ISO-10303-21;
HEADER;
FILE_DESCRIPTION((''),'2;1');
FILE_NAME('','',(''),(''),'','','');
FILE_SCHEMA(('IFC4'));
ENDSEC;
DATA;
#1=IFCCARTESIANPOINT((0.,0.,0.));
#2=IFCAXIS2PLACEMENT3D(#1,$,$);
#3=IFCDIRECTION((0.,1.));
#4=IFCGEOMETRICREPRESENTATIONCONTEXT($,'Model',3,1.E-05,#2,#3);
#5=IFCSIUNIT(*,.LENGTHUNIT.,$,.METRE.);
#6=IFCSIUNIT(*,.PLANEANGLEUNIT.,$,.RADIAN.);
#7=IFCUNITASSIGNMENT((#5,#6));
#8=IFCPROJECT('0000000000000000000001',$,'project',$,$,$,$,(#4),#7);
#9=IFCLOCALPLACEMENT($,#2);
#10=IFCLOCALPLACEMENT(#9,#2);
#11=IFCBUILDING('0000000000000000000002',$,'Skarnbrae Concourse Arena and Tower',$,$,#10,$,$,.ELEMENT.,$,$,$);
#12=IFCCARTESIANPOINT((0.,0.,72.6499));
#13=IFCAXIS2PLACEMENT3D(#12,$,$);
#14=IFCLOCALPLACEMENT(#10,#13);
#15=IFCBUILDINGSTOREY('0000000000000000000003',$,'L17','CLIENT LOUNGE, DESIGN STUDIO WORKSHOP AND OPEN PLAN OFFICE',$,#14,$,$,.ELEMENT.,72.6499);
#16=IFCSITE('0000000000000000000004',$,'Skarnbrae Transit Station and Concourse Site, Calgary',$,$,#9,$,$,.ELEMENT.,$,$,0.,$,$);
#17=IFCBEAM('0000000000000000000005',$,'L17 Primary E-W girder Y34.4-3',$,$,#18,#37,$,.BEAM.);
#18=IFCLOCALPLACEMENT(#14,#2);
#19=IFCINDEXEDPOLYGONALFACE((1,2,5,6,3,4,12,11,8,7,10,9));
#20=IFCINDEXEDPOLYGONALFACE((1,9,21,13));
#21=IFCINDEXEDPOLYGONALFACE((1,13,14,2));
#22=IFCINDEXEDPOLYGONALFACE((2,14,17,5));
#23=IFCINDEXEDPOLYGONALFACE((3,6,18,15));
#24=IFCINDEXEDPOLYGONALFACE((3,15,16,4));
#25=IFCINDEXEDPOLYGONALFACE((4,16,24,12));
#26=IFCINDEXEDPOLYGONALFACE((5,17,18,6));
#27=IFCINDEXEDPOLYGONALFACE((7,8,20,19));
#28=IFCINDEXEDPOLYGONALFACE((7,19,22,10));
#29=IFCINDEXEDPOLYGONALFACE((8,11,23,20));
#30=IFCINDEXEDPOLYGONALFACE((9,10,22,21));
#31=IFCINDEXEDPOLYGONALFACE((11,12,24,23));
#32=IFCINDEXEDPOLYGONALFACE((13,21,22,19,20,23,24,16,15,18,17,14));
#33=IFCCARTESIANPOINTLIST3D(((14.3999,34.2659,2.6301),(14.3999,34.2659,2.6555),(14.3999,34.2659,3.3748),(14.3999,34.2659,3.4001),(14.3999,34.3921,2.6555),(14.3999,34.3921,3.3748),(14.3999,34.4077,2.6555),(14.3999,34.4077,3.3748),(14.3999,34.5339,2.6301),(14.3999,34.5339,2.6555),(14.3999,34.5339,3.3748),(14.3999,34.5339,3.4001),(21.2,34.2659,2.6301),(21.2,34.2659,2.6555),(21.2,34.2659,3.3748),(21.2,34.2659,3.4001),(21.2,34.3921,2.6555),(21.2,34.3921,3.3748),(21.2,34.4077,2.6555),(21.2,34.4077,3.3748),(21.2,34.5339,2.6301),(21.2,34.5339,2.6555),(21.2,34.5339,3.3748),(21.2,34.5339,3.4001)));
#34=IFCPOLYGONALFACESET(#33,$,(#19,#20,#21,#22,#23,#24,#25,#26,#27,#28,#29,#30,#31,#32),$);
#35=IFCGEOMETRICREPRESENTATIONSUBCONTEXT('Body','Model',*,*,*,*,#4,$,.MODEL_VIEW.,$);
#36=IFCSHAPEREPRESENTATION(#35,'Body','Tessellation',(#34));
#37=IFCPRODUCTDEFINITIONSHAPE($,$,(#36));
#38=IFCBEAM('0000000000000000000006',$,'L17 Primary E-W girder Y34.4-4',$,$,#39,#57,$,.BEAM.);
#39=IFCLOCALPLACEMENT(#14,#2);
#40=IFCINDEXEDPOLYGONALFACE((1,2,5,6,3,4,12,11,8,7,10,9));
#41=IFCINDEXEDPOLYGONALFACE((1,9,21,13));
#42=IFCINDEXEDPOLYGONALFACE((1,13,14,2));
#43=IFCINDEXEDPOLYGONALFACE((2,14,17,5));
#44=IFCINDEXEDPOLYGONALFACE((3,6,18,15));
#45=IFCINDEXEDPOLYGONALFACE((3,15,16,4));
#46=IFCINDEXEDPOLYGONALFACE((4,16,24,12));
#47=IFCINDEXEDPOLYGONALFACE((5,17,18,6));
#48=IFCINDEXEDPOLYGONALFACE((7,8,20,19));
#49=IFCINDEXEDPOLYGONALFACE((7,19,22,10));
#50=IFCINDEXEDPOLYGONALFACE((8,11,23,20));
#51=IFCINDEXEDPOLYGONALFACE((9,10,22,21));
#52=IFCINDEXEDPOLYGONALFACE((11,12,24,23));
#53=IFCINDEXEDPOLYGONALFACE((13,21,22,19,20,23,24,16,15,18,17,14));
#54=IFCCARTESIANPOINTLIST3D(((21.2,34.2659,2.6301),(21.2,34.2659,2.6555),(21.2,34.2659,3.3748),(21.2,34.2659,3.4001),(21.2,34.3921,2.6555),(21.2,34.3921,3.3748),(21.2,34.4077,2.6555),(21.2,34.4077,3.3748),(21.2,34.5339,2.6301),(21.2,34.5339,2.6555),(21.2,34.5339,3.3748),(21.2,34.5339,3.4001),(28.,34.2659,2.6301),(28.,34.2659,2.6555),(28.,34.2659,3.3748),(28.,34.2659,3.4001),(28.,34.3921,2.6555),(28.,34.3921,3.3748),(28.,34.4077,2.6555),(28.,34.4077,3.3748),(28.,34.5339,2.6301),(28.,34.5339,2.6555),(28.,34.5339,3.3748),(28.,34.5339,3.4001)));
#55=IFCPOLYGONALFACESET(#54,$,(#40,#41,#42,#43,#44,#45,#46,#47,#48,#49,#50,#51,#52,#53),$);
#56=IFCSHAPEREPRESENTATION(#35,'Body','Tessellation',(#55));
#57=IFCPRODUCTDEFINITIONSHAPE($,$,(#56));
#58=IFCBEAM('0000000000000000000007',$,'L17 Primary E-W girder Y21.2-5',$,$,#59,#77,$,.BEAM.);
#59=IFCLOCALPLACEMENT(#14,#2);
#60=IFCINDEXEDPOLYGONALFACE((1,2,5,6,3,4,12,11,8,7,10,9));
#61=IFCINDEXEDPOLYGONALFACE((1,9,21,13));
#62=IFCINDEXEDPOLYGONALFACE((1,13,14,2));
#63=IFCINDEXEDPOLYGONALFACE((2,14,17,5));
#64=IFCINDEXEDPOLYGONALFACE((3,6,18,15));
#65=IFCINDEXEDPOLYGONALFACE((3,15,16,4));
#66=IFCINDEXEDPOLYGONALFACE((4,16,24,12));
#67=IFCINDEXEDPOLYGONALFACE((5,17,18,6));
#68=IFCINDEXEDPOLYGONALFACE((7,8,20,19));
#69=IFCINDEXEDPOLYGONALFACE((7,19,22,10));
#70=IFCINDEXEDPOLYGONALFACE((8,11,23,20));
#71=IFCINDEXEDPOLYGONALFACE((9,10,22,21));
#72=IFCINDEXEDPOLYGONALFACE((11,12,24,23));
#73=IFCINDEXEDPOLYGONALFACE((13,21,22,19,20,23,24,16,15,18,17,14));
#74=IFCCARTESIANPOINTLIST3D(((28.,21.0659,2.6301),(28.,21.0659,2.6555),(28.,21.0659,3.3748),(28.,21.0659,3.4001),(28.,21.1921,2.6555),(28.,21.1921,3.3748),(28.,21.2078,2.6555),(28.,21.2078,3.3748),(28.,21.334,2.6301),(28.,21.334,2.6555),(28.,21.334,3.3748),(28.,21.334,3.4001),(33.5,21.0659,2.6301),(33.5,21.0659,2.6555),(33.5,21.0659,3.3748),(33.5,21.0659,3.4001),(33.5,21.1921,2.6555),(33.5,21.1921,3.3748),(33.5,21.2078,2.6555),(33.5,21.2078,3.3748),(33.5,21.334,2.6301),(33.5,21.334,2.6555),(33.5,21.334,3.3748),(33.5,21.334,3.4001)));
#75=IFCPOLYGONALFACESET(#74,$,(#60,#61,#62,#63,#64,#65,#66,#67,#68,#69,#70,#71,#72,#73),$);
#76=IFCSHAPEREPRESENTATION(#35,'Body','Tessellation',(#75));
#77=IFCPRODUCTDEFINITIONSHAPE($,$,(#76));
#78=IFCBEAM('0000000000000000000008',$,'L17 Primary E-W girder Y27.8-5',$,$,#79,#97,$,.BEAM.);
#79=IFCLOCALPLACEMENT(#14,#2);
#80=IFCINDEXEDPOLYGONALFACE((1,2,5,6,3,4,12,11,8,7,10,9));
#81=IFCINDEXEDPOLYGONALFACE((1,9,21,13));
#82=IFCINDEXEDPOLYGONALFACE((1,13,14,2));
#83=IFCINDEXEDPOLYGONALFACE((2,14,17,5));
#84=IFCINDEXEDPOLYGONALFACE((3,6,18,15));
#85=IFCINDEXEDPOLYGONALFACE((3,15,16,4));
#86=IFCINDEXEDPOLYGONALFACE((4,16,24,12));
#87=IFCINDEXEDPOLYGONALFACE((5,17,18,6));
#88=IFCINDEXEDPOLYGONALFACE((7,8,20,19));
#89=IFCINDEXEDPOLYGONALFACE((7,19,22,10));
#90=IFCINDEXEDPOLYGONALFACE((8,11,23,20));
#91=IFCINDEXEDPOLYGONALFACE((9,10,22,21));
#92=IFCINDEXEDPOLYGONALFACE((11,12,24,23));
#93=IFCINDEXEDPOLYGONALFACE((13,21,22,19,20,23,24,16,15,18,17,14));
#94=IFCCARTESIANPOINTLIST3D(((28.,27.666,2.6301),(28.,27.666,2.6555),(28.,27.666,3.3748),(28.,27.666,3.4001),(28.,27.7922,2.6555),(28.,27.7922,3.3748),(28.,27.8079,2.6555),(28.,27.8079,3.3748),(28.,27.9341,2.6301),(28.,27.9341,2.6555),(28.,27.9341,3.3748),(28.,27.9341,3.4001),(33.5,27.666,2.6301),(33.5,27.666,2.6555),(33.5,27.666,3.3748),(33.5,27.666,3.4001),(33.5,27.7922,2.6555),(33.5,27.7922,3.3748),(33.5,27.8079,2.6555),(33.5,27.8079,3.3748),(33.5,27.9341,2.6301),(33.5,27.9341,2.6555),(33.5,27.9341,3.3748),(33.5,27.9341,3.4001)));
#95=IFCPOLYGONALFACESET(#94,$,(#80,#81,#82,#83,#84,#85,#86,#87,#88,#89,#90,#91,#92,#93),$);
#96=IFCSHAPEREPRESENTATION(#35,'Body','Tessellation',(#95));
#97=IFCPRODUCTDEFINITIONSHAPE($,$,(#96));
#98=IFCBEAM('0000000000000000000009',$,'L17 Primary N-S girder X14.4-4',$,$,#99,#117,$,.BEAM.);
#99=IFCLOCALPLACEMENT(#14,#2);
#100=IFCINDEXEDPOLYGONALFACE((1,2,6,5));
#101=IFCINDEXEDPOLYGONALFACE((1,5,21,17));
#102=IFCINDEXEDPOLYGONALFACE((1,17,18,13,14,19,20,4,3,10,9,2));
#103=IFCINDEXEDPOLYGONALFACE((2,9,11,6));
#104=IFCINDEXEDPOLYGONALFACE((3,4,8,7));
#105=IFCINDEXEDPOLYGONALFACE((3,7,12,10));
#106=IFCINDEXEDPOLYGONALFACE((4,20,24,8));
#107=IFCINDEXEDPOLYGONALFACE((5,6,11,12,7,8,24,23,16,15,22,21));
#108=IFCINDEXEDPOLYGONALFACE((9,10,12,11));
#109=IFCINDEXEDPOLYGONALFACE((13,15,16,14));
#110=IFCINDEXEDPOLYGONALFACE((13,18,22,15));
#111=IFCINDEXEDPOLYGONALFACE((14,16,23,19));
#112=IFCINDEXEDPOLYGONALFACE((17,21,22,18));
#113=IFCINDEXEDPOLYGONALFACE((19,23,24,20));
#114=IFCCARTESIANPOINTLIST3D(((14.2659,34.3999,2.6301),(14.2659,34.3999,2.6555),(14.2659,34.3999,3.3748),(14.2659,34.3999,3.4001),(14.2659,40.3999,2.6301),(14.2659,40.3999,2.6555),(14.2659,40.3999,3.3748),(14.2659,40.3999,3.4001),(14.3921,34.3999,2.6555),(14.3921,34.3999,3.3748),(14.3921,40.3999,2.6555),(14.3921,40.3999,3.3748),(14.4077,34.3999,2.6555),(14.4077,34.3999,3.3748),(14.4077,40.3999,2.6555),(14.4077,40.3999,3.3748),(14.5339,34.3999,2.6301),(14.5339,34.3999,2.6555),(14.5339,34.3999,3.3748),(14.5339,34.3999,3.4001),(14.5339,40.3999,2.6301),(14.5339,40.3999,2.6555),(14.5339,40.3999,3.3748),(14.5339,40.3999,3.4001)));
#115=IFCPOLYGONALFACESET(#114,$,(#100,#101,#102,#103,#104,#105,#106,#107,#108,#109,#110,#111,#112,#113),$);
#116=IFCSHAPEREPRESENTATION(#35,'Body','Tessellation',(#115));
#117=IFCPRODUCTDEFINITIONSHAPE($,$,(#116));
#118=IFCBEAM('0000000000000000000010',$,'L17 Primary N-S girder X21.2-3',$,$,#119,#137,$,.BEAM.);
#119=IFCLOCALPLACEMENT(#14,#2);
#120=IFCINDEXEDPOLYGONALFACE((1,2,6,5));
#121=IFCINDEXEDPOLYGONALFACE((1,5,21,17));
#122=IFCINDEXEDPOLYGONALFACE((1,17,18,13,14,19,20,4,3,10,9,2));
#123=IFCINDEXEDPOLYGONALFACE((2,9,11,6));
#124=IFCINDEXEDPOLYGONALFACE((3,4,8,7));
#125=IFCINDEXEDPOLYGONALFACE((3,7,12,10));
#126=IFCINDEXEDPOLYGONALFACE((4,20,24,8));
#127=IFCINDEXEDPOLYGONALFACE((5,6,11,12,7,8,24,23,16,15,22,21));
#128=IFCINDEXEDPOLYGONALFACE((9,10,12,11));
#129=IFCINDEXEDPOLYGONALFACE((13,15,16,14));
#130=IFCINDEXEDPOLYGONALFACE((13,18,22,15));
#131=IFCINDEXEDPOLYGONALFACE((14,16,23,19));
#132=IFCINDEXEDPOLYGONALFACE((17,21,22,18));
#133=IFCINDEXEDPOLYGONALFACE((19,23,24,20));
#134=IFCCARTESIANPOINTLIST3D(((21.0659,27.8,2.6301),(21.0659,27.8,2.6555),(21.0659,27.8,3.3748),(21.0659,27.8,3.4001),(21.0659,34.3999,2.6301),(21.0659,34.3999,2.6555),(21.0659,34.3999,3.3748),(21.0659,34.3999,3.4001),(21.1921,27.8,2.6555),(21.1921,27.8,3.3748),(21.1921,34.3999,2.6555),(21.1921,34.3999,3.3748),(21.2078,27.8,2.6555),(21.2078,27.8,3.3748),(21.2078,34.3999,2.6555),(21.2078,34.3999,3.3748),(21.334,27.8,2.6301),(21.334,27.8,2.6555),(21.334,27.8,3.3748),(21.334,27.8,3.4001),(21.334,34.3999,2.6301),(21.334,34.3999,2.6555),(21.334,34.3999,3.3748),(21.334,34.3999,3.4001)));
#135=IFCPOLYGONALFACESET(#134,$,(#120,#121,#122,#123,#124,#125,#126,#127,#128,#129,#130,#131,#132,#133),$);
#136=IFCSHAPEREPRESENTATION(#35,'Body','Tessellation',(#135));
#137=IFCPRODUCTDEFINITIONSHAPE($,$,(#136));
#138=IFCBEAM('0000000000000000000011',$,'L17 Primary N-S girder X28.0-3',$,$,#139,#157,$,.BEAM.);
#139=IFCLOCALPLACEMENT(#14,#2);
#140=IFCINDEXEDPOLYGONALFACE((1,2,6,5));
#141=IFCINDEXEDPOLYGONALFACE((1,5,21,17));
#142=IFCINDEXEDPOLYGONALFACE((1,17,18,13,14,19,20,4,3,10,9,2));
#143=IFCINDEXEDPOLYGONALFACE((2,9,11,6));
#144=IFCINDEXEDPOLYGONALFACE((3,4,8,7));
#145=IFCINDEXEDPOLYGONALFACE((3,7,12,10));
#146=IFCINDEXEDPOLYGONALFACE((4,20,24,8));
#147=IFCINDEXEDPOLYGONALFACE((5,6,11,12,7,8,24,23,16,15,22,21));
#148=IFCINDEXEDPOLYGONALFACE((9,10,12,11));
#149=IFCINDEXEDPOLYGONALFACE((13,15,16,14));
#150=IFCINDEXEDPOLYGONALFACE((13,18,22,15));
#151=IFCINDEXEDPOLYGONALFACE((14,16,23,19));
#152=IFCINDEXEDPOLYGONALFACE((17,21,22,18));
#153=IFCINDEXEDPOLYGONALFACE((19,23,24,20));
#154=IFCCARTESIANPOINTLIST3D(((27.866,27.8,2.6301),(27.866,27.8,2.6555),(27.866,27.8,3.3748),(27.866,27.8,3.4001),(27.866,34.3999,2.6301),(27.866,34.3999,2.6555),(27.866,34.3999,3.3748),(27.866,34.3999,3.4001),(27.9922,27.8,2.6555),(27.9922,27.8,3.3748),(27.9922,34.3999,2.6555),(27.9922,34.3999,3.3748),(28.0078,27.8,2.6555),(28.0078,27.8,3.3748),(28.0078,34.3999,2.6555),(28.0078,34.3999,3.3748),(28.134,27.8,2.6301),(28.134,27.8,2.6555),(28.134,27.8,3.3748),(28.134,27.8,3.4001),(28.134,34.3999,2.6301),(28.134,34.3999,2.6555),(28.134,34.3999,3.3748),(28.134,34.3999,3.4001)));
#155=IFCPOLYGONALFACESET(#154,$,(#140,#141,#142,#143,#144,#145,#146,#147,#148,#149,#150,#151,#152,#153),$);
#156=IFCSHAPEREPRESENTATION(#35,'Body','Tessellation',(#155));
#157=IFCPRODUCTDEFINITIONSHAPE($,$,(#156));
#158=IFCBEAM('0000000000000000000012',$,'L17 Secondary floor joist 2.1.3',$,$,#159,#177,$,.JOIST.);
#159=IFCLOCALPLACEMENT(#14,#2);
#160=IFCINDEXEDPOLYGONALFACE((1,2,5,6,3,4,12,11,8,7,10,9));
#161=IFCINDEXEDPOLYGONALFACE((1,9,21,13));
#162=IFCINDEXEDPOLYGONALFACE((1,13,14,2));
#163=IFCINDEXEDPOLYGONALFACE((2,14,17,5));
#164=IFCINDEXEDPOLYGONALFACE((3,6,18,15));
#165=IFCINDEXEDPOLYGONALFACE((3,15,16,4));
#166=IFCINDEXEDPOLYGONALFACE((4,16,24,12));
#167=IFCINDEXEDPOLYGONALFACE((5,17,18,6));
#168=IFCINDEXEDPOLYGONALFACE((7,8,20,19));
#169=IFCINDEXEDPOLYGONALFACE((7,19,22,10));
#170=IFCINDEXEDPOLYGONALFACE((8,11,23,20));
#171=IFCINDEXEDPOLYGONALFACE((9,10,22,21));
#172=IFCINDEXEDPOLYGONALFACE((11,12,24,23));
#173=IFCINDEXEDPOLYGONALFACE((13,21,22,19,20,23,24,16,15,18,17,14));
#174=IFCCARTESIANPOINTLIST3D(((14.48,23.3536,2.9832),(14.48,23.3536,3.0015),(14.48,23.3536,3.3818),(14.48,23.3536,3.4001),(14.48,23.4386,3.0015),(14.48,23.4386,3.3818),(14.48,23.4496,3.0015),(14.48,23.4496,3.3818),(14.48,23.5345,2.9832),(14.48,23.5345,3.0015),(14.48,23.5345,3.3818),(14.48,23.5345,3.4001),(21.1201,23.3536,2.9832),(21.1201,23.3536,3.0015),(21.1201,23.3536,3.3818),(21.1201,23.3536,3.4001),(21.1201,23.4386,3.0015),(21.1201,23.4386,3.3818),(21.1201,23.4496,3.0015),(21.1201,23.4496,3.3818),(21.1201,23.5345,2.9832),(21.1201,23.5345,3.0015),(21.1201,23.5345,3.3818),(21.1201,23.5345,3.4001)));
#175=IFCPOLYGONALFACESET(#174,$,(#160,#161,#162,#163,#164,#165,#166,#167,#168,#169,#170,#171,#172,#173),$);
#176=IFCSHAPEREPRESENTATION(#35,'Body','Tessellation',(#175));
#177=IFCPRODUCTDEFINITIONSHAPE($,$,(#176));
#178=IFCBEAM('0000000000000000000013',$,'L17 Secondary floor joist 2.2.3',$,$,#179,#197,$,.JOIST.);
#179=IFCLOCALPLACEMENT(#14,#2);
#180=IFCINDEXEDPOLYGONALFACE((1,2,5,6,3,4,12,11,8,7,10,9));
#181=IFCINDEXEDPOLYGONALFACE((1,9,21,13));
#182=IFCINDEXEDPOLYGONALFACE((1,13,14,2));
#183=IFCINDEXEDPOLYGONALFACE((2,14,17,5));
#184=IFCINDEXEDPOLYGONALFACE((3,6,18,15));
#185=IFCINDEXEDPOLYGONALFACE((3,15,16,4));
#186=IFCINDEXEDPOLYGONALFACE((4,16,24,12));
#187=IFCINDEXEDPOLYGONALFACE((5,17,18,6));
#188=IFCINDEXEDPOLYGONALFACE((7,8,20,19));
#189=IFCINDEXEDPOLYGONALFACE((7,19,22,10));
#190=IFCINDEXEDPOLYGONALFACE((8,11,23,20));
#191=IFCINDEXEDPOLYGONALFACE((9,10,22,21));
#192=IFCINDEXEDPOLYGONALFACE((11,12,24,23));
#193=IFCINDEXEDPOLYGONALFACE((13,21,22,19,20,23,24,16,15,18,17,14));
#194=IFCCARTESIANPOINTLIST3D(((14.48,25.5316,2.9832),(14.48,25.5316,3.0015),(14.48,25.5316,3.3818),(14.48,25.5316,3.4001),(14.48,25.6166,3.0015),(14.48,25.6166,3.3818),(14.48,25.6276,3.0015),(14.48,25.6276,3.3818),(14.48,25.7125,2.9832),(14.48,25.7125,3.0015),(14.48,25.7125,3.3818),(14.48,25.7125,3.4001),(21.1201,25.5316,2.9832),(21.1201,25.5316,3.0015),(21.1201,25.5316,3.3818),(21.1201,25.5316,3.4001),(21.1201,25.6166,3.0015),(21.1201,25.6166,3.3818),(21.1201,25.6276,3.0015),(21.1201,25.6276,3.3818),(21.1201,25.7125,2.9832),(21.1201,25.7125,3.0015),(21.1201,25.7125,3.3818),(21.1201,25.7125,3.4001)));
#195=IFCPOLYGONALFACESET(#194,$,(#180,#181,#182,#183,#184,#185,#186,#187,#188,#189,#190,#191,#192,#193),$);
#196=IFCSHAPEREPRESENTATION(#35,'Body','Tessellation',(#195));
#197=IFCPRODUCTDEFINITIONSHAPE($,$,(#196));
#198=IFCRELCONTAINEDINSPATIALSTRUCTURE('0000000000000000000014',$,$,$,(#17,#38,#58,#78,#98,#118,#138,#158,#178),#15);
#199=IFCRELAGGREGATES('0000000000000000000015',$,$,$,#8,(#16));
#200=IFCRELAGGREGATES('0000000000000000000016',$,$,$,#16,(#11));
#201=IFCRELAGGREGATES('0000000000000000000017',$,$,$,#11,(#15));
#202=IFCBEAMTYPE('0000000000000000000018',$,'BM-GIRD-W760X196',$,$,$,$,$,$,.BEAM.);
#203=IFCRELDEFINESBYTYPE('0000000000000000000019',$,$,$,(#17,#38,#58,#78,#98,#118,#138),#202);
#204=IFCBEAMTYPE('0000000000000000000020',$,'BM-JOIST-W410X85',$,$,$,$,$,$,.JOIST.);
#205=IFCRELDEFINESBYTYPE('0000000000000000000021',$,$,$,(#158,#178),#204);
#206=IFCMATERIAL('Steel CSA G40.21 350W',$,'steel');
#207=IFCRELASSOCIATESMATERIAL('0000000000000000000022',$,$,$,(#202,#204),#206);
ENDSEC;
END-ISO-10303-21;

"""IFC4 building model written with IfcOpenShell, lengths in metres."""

from ifc_helpers import new_model, si_unit, direction, frame, origin, origin_2d, place, context, subcontext, project, spatial, i_section, extrude, source, transform, mapped, material, material_profile, profile_set, type_object, element, save


model = new_model("IFC4")

# Units and contexts
model_context = context("Model", 3, precision=1e-05, world=origin(), true_north=direction((0.0, 1.0)))
body_context = subcontext(model_context, "Body", "Model", "MODEL_VIEW")
ifc_project = project(units=[si_unit("LENGTHUNIT", "METRE"), si_unit("PLANEANGLEUNIT", "RADIAN")], contexts=[model_context])

# Site, building, storey
site_placement = place(None, origin())
site = spatial("IfcSite", under=ifc_project, at=site_placement, Name="Skarnbrae Transit Station and Concourse Site, Calgary", CompositionType="ELEMENT", RefElevation=0.0)
building_placement = place(site_placement, origin())
building = spatial("IfcBuilding", under=site, at=building_placement, Name="Skarnbrae Concourse Arena and Tower", CompositionType="ELEMENT")
storey_placement = place(building_placement, frame((0.0, 0.0, 72.6499)))
storey = spatial("IfcBuildingStorey", under=building, at=storey_placement, Name="L17", Description="CLIENT LOUNGE, DESIGN STUDIO WORKSHOP AND OPEN PLAN OFFICE", CompositionType="ELEMENT", Elevation=72.6499)

# Shared definitions
ifc_material_1 = material(Name="Steel CSA G40.21 350W", Category="steel")

# Beams
ifc_material_profile_1 = material_profile(ifc_material_1, i_section(OverallWidth=0.2681, OverallDepth=0.77, WebThickness=0.0156, FlangeThickness=0.0254, at=origin_2d()), Name="W760X196")
ifc_profile_set_1 = profile_set([ifc_material_profile_1], Name="Steel CSA G40.21 350W")
beam_type_1 = type_object("IfcBeamType", Name="BM-GIRD-W760X196", PredefinedType="BEAM", material=ifc_profile_set_1)
shared_shape_1 = source(origin(), body_context, "Body", "SweptSolid", [
    extrude(i_section(OverallWidth=0.2681, OverallDepth=0.77, WebThickness=0.0156, FlangeThickness=0.0254, at=origin_2d()), origin(), (0.0, 0.0, 1.0), 6.8),
])
for number, where, z_axis, x_axis, name in (
    (1, (14.3999, 34.3999, 3.0151), (1.0, 0.0, 0.0), (0.0, 1.0, 0.0), "L17 Primary E-W girder Y34.4-3"),
    (2, (21.2, 34.3999, 3.0151), (1.0, 0.0, 0.0), (0.0, 1.0, 0.0), "L17 Primary E-W girder Y34.4-4"),
):
    element("IfcBeam", number, at=place(storey_placement, frame(where, z_axis=z_axis, x_axis=x_axis)), inside=storey, type_object=beam_type_1, Name=name, PredefinedType="BEAM", context=body_context, shape_type="MappedRepresentation", body=[
        mapped(shared_shape_1, transform((0.0, 0.0, 0.0))),
    ])
shared_shape_2 = source(origin(), body_context, "Body", "SweptSolid", [
    extrude(i_section(OverallWidth=0.2681, OverallDepth=0.77, WebThickness=0.0156, FlangeThickness=0.0254, at=origin_2d()), origin(), (0.0, 0.0, 1.0), 5.5),
])
for number, where, z_axis, x_axis, name in (
    (3, (28.0, 21.2, 3.0151), (1.0, 0.0, 0.0), (0.0, 1.0, 0.0), "L17 Primary E-W girder Y21.2-5"),
    (4, (28.0, 27.8, 3.0151), (1.0, 0.0, 0.0), (0.0, 1.0, 0.0), "L17 Primary E-W girder Y27.8-5"),
):
    element("IfcBeam", number, at=place(storey_placement, frame(where, z_axis=z_axis, x_axis=x_axis)), inside=storey, type_object=beam_type_1, Name=name, PredefinedType="BEAM", context=body_context, shape_type="MappedRepresentation", body=[
        mapped(shared_shape_2, transform((0.0, 0.0, 0.0))),
    ])
shared_shape_3 = source(origin(), body_context, "Body", "SweptSolid", [
    extrude(i_section(OverallWidth=0.2681, OverallDepth=0.77, WebThickness=0.0156, FlangeThickness=0.0254, at=origin_2d()), origin(), (0.0, 0.0, 1.0), 6.0),
])
beam_placement = place(storey_placement, frame((14.3999, 34.3999, 3.0151), z_axis=(0.0, 1.0, 0.0), x_axis=(-1.0, 0.0, 0.0)))
element("IfcBeam", 5, at=beam_placement, inside=storey, type_object=beam_type_1, Name="L17 Primary N-S girder X14.4-4", PredefinedType="BEAM", context=body_context, shape_type="MappedRepresentation", body=[
    mapped(shared_shape_3, transform((0.0, 0.0, 0.0))),
])
shared_shape_4 = source(origin(), body_context, "Body", "SweptSolid", [
    extrude(i_section(OverallWidth=0.2681, OverallDepth=0.77, WebThickness=0.0156, FlangeThickness=0.0254, at=origin_2d()), origin(), (0.0, 0.0, 1.0), 6.5999),
])
for number, where, z_axis, x_axis, name in (
    (6, (21.2, 27.8, 3.0151), (0.0, 1.0, 0.0), (-1.0, 0.0, 0.0), "L17 Primary N-S girder X21.2-3"),
    (7, (28.0, 27.8, 3.0151), (0.0, 1.0, 0.0), (-1.0, 0.0, 0.0), "L17 Primary N-S girder X28.0-3"),
):
    element("IfcBeam", number, at=place(storey_placement, frame(where, z_axis=z_axis, x_axis=x_axis)), inside=storey, type_object=beam_type_1, Name=name, PredefinedType="BEAM", context=body_context, shape_type="MappedRepresentation", body=[
        mapped(shared_shape_4, transform((0.0, 0.0, 0.0))),
    ])
ifc_material_profile_2 = material_profile(ifc_material_1, i_section(OverallWidth=0.1809, OverallDepth=0.417, WebThickness=0.011, FlangeThickness=0.0183, at=origin_2d()), Name="W410X85")
ifc_profile_set_2 = profile_set([ifc_material_profile_2], Name="Steel CSA G40.21 350W")
beam_type_2 = type_object("IfcBeamType", Name="BM-JOIST-W410X85", PredefinedType="JOIST", material=ifc_profile_set_2)
shared_shape_5 = source(origin(), body_context, "Body", "SweptSolid", [
    extrude(i_section(OverallWidth=0.1809, OverallDepth=0.417, WebThickness=0.011, FlangeThickness=0.0183, at=origin_2d()), origin(), (0.0, 0.0, 1.0), 6.6401),
])
for number, where, z_axis, x_axis, name in (
    (8, (14.48, 23.4441, 3.1917), (1.0, 0.0, 0.0), (0.0, 1.0, 0.0), "L17 Secondary floor joist 2.1.3"),
    (9, (14.48, 25.6221, 3.1917), (1.0, 0.0, 0.0), (0.0, 1.0, 0.0), "L17 Secondary floor joist 2.2.3"),
):
    element("IfcBeam", number, at=place(storey_placement, frame(where, z_axis=z_axis, x_axis=x_axis)), inside=storey, type_object=beam_type_2, Name=name, PredefinedType="JOIST", context=body_context, shape_type="MappedRepresentation", body=[
        mapped(shared_shape_5, transform((0.0, 0.0, 0.0))),
    ])

save(model, "model.ifc")
